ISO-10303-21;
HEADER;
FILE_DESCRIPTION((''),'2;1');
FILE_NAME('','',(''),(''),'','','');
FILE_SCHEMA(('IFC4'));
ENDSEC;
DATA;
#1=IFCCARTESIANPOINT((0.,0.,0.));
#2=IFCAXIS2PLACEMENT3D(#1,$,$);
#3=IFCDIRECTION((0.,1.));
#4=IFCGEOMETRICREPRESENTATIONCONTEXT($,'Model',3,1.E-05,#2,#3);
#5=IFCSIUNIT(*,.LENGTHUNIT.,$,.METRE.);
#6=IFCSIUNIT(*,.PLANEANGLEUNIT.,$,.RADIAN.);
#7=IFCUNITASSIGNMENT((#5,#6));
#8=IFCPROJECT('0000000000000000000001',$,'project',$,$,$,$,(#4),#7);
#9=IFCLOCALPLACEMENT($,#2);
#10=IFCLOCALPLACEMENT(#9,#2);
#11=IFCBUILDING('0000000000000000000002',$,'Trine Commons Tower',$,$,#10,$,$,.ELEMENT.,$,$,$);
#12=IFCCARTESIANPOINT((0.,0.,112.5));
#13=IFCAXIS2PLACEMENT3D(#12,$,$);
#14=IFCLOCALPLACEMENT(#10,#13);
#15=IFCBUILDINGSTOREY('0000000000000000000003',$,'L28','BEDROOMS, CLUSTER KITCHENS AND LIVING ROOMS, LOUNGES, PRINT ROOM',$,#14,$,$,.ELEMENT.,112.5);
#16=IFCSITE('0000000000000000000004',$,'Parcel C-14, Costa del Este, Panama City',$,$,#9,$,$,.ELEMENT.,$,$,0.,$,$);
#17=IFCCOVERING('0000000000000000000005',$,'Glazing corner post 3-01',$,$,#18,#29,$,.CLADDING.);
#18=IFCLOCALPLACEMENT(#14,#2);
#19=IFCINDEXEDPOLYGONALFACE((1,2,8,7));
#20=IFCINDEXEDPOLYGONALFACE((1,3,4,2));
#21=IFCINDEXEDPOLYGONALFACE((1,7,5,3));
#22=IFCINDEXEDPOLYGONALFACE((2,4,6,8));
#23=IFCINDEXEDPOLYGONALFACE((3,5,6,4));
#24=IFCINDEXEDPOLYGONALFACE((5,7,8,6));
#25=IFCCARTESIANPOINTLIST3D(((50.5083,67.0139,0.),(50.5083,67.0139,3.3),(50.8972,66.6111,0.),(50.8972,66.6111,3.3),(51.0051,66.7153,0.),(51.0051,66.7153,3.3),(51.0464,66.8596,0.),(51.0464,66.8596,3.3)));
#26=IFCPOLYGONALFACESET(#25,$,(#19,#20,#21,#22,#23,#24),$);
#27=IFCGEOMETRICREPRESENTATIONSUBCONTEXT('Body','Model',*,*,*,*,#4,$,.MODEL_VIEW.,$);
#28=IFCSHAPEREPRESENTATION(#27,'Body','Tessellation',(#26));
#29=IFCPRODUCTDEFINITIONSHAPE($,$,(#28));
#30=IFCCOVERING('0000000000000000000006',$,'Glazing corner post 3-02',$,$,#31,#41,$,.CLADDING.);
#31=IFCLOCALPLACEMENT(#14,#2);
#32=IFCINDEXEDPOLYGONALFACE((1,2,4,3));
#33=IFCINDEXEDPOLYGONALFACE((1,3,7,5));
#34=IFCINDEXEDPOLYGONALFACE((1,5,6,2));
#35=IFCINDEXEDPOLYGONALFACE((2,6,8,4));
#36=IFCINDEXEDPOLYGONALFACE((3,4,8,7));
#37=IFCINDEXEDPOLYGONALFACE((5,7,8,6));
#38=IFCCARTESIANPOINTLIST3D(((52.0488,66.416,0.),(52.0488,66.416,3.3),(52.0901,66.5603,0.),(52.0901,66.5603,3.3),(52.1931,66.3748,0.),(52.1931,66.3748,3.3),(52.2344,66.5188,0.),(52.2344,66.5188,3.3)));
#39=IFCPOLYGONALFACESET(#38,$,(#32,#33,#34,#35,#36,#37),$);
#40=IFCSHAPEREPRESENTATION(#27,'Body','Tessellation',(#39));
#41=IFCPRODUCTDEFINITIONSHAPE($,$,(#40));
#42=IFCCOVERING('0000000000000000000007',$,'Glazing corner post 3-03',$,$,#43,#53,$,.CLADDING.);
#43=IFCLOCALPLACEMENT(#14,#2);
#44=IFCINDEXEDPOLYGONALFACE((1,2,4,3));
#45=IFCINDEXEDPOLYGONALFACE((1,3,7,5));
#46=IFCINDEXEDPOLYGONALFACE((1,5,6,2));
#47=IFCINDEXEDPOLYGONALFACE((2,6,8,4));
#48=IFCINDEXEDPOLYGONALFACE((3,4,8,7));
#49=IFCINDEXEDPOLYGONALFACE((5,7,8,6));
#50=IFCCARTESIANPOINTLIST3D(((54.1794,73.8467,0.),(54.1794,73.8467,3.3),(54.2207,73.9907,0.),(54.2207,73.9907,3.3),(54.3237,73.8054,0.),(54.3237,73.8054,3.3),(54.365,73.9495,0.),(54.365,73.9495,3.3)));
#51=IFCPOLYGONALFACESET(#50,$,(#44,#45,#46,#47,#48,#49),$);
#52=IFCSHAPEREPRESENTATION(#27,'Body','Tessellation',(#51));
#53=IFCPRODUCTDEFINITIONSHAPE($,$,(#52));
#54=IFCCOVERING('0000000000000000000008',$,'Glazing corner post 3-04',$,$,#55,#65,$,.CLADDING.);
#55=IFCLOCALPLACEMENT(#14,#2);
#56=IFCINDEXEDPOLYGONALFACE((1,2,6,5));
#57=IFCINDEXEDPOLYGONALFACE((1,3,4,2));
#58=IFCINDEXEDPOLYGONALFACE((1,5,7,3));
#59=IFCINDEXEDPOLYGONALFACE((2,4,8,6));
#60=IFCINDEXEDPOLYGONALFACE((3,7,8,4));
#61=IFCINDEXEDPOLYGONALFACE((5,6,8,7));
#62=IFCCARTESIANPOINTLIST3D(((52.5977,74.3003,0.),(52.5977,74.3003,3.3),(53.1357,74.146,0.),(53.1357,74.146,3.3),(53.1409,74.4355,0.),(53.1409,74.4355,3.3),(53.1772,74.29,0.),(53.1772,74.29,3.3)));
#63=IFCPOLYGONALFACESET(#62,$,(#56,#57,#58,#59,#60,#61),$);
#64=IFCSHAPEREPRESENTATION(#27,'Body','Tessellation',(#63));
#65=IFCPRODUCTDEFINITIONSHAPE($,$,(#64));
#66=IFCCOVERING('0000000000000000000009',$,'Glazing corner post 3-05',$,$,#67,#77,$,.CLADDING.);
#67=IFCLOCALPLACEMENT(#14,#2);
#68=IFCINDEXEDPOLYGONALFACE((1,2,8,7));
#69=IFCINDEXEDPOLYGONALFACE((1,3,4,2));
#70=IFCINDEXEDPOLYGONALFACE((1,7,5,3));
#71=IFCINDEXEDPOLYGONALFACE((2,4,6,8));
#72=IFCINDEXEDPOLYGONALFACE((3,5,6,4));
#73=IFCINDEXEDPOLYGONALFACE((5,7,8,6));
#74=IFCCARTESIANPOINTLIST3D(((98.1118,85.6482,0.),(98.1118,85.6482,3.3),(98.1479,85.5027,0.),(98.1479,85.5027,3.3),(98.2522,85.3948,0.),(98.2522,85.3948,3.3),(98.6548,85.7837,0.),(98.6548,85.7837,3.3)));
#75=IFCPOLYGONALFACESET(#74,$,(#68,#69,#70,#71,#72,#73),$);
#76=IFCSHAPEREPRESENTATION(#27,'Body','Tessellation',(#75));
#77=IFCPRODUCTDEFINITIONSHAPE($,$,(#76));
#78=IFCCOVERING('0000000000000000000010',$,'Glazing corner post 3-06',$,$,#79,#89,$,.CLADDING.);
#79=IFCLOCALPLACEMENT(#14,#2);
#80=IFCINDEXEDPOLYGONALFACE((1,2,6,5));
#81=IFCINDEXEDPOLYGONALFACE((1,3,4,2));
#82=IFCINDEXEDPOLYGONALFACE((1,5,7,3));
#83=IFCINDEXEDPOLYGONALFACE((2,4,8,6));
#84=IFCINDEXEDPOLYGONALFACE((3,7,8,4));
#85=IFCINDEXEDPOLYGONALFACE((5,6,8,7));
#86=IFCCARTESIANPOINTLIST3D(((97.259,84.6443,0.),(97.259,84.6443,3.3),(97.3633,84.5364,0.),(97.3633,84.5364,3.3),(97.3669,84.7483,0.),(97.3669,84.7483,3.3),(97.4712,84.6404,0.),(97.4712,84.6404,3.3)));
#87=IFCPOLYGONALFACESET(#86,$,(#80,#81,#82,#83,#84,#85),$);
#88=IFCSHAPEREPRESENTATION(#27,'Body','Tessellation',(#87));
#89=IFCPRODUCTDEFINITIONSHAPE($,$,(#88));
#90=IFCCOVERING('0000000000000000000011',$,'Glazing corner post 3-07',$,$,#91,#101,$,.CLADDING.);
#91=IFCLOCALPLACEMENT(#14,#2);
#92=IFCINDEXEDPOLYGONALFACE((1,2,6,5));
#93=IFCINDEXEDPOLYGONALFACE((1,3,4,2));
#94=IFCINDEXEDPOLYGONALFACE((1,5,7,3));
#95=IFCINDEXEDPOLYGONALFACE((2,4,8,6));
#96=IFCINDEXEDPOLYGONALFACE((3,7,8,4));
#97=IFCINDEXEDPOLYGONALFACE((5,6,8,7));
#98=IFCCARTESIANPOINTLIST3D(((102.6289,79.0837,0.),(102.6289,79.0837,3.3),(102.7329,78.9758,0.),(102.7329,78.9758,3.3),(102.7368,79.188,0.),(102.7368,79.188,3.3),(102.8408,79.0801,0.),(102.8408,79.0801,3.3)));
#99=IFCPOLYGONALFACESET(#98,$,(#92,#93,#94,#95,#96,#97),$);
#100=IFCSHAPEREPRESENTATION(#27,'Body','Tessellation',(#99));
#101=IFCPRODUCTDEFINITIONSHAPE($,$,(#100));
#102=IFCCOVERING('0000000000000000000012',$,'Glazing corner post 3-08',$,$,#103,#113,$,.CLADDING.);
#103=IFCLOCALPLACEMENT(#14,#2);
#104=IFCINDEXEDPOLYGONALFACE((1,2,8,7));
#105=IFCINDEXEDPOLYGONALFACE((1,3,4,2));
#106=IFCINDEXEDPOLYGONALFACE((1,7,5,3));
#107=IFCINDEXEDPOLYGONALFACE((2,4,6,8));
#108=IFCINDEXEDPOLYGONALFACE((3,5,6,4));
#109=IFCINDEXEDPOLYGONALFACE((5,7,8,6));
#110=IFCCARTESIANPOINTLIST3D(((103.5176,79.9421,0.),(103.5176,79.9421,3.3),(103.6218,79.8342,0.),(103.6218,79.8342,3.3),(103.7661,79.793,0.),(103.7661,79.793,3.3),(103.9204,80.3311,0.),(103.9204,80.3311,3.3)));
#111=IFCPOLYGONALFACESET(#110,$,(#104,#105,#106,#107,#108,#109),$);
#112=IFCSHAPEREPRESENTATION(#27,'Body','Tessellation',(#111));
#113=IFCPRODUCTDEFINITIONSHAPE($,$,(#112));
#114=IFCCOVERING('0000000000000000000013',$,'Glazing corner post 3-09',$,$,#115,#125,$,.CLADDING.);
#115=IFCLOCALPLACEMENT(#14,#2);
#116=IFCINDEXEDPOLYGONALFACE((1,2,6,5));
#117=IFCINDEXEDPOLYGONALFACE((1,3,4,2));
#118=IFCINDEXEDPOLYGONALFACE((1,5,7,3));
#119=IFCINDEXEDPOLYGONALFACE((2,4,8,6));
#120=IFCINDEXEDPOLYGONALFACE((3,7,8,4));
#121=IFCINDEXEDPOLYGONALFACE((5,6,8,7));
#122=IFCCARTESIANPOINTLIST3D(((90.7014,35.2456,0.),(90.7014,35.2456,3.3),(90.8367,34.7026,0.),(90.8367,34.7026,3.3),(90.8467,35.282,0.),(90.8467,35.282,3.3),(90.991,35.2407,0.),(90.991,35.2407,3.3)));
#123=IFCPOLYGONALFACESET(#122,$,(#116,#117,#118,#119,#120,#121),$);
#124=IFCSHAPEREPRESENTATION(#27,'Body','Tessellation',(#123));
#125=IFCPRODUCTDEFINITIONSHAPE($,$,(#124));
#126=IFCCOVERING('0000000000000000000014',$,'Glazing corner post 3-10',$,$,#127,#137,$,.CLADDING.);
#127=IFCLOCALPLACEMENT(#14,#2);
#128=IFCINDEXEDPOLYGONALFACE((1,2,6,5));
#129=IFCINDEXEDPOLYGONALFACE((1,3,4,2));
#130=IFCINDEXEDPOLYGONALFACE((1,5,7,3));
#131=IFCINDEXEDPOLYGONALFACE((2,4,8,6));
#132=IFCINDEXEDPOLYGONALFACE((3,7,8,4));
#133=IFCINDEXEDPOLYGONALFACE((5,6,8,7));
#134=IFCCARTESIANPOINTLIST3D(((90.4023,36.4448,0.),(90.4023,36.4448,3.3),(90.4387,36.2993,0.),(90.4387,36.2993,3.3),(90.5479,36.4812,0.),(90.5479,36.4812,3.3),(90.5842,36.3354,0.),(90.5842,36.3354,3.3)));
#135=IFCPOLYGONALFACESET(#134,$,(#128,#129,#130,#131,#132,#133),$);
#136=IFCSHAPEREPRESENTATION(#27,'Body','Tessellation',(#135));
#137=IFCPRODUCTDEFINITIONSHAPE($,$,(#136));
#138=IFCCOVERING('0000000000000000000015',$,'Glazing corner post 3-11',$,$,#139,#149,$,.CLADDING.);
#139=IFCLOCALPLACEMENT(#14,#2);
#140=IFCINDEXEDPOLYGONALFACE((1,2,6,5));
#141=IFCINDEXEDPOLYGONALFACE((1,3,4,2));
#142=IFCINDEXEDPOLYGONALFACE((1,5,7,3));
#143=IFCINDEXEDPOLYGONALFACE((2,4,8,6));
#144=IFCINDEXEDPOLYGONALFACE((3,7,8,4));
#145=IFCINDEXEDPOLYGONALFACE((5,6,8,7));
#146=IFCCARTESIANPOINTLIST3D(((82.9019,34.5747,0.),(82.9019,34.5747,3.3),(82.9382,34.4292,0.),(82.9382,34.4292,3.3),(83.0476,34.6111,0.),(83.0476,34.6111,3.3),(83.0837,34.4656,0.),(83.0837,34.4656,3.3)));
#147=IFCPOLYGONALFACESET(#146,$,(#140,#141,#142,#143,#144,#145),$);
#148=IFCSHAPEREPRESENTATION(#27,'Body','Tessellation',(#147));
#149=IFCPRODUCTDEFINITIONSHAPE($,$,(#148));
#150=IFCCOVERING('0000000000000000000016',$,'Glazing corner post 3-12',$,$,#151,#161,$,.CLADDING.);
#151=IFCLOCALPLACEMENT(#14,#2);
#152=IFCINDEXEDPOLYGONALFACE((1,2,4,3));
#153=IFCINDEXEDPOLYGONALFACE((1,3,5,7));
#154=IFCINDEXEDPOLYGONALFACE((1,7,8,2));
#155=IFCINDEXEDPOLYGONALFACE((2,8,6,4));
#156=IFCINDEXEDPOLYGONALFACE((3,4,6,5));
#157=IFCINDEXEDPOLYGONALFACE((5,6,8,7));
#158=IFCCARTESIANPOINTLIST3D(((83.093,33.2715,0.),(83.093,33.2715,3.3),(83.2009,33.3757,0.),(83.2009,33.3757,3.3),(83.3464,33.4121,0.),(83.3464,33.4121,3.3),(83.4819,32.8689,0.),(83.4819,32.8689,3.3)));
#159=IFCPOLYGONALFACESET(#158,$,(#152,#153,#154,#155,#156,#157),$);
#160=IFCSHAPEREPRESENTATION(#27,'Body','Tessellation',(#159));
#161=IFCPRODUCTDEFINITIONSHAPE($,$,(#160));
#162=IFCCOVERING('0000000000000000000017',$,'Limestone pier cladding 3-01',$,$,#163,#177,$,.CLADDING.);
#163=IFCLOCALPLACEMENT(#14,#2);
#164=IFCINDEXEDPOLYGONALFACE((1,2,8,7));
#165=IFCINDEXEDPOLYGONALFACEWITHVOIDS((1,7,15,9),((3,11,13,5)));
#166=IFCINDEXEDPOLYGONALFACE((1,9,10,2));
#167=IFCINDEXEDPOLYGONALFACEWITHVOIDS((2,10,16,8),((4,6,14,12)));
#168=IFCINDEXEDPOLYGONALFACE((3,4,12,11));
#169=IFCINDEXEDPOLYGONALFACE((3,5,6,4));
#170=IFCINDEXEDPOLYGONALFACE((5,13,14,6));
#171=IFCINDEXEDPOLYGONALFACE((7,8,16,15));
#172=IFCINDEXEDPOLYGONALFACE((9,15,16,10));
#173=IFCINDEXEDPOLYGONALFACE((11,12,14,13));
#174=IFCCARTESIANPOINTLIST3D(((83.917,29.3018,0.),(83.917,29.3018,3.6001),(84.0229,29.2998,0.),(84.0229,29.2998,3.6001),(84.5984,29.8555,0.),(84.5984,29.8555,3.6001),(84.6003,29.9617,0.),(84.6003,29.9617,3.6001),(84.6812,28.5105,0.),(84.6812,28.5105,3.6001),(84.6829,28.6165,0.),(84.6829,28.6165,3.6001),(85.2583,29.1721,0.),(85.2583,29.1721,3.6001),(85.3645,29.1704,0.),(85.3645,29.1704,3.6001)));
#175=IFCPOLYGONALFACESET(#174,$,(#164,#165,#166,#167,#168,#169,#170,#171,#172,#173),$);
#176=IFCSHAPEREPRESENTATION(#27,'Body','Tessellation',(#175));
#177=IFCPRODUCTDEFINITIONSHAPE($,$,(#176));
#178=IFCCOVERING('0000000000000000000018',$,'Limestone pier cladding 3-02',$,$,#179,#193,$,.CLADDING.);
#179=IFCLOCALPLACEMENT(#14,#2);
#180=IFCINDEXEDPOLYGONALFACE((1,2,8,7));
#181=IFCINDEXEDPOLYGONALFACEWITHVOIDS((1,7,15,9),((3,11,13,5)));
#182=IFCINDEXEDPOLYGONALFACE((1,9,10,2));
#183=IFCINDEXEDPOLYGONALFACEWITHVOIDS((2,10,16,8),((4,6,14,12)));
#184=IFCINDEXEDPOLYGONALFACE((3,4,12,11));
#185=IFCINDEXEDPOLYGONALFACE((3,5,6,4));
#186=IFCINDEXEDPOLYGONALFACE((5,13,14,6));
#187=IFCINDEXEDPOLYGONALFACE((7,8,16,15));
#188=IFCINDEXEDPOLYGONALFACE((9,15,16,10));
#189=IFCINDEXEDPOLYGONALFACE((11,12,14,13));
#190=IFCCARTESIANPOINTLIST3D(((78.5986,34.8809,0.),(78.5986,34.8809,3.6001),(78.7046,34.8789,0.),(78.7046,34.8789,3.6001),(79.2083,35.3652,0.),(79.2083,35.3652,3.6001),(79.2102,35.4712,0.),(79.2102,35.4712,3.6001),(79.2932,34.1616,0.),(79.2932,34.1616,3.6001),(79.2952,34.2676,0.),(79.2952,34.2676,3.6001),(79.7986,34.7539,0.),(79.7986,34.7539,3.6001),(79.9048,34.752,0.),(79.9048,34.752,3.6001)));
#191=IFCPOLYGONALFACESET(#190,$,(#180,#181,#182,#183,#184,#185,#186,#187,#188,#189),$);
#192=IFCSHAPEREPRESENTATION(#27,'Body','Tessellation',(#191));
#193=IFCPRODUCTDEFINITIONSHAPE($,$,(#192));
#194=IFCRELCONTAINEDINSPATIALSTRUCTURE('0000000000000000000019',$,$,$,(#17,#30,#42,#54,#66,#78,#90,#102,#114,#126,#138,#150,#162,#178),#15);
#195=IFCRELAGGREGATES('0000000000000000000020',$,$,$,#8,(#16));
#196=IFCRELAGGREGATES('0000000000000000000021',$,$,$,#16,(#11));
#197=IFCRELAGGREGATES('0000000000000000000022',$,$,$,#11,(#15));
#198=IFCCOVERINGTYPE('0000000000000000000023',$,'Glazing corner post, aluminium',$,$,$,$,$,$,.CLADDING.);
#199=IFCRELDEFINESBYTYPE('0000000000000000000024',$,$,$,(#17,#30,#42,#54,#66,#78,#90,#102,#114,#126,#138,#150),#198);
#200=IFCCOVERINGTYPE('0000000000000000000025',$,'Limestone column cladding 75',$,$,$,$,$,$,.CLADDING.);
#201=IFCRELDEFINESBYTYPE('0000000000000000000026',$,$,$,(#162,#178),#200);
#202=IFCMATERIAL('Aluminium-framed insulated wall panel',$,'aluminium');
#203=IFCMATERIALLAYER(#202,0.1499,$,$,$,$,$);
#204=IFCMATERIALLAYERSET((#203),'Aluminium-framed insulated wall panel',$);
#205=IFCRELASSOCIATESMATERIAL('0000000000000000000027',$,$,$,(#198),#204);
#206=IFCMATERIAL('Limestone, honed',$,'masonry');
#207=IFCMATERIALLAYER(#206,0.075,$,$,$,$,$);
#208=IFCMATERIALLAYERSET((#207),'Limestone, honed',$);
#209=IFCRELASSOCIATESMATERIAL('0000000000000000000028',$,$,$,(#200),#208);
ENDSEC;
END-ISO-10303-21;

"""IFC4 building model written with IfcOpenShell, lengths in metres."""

from ifc_helpers import new_model, si_unit, direction, frame, origin, place, context, subcontext, project, spatial, polyline, outline, extrude, material, layer, layer_set, type_object, element, save


model = new_model("IFC4")

# Units and contexts
model_context = context("Model", 3, precision=1e-05, world=origin(), true_north=direction((0.0, 1.0)))
body_context = subcontext(model_context, "Body", "Model", "MODEL_VIEW")
ifc_project = project(units=[si_unit("LENGTHUNIT", "METRE"), si_unit("PLANEANGLEUNIT", "RADIAN")], contexts=[model_context])

# Site, building, storey
site_placement = place(None, origin())
site = spatial("IfcSite", under=ifc_project, at=site_placement, Name="Parcel C-14, Costa del Este, Panama City", CompositionType="ELEMENT", RefElevation=0.0)
building_placement = place(site_placement, origin())
building = spatial("IfcBuilding", under=site, at=building_placement, Name="Trine Commons Tower", CompositionType="ELEMENT")
storey_placement = place(building_placement, frame((0.0, 0.0, 112.5)))
storey = spatial("IfcBuildingStorey", under=building, at=storey_placement, Name="L28", Description="BEDROOMS, CLUSTER KITCHENS AND LIVING ROOMS, LOUNGES, PRINT ROOM", CompositionType="ELEMENT", Elevation=112.5)

# Coverings
ifc_material_1 = material(Name="Aluminium-framed insulated wall panel", Category="aluminium")
ifc_layer_1 = layer(ifc_material_1, 0.1499)
ifc_layer_set_1 = layer_set([ifc_layer_1], Name="Aluminium-framed insulated wall panel")
covering_type_1 = type_object("IfcCoveringType", Name="Glazing corner post, aluminium", PredefinedType="CLADDING", material=ifc_layer_set_1)
covering_1_placement = place(storey_placement, origin())
element("IfcCovering", 1, at=covering_1_placement, inside=storey, type_object=covering_type_1, Name="Glazing corner post 3-01", PredefinedType="CLADDING", context=body_context, shape_type="SweptSolid", body=[
    extrude(outline(polyline([(50.8972, 66.6111), (51.0051, 66.7153), (51.0464, 66.8596), (50.5083, 67.0139), (50.8972, 66.6111)])), origin(), (0.0, 0.0, 1.0), 3.3),
])
covering_2_placement = place(storey_placement, origin())
element("IfcCovering", 2, at=covering_2_placement, inside=storey, type_object=covering_type_1, Name="Glazing corner post 3-02", PredefinedType="CLADDING", context=body_context, shape_type="SweptSolid", body=[
    extrude(outline(polyline([(52.0488, 66.416), (52.1931, 66.3748), (52.2344, 66.5188), (52.0901, 66.5603), (52.0488, 66.416)])), origin(), (0.0, 0.0, 1.0), 3.3),
])
covering_3_placement = place(storey_placement, origin())
element("IfcCovering", 3, at=covering_3_placement, inside=storey, type_object=covering_type_1, Name="Glazing corner post 3-03", PredefinedType="CLADDING", context=body_context, shape_type="SweptSolid", body=[
    extrude(outline(polyline([(54.3237, 73.8054), (54.365, 73.9495), (54.2207, 73.9907), (54.1794, 73.8467), (54.3237, 73.8054)])), origin(), (0.0, 0.0, 1.0), 3.3),
])
covering_4_placement = place(storey_placement, origin())
element("IfcCovering", 4, at=covering_4_placement, inside=storey, type_object=covering_type_1, Name="Glazing corner post 3-04", PredefinedType="CLADDING", context=body_context, shape_type="SweptSolid", body=[
    extrude(outline(polyline([(53.1357, 74.146), (53.1772, 74.29), (53.1409, 74.4355), (52.5977, 74.3003), (53.1357, 74.146)])), origin(), (0.0, 0.0, 1.0), 3.3),
])
covering_5_placement = place(storey_placement, origin())
element("IfcCovering", 5, at=covering_5_placement, inside=storey, type_object=covering_type_1, Name="Glazing corner post 3-05", PredefinedType="CLADDING", context=body_context, shape_type="SweptSolid", body=[
    extrude(outline(polyline([(98.2522, 85.3948), (98.6548, 85.7837), (98.1118, 85.6482), (98.1479, 85.5027), (98.2522, 85.3948)])), origin(), (0.0, 0.0, 1.0), 3.3),
])
covering_6_placement = place(storey_placement, origin())
element("IfcCovering", 6, at=covering_6_placement, inside=storey, type_object=covering_type_1, Name="Glazing corner post 3-06", PredefinedType="CLADDING", context=body_context, shape_type="SweptSolid", body=[
    extrude(outline(polyline([(97.3633, 84.5364), (97.4712, 84.6404), (97.4712, 84.6404), (97.3669, 84.7483), (97.259, 84.6443), (97.3633, 84.5364)])), origin(), (0.0, 0.0, 1.0), 3.3),
])
covering_7_placement = place(storey_placement, origin())
element("IfcCovering", 7, at=covering_7_placement, inside=storey, type_object=covering_type_1, Name="Glazing corner post 3-07", PredefinedType="CLADDING", context=body_context, shape_type="SweptSolid", body=[
    extrude(outline(polyline([(102.6289, 79.0837), (102.7329, 78.9758), (102.8408, 79.0801), (102.7368, 79.188), (102.7368, 79.188), (102.6289, 79.0837)])), origin(), (0.0, 0.0, 1.0), 3.3),
])
covering_8_placement = place(storey_placement, origin())
element("IfcCovering", 8, at=covering_8_placement, inside=storey, type_object=covering_type_1, Name="Glazing corner post 3-08", PredefinedType="CLADDING", context=body_context, shape_type="SweptSolid", body=[
    extrude(outline(polyline([(103.7661, 79.793), (103.9204, 80.3311), (103.5176, 79.9421), (103.6218, 79.8342), (103.7661, 79.793)])), origin(), (0.0, 0.0, 1.0), 3.3),
])
covering_9_placement = place(storey_placement, origin())
element("IfcCovering", 9, at=covering_9_placement, inside=storey, type_object=covering_type_1, Name="Glazing corner post 3-09", PredefinedType="CLADDING", context=body_context, shape_type="SweptSolid", body=[
    extrude(outline(polyline([(90.7014, 35.2456), (90.8367, 34.7026), (90.991, 35.2407), (90.8467, 35.282), (90.7014, 35.2456)])), origin(), (0.0, 0.0, 1.0), 3.3),
])
covering_10_placement = place(storey_placement, origin())
element("IfcCovering", 10, at=covering_10_placement, inside=storey, type_object=covering_type_1, Name="Glazing corner post 3-10", PredefinedType="CLADDING", context=body_context, shape_type="SweptSolid", body=[
    extrude(outline(polyline([(90.4023, 36.4448), (90.4387, 36.2993), (90.5842, 36.3354), (90.5479, 36.4812), (90.4023, 36.4448)])), origin(), (0.0, 0.0, 1.0), 3.3),
])
covering_11_placement = place(storey_placement, origin())
element("IfcCovering", 11, at=covering_11_placement, inside=storey, type_object=covering_type_1, Name="Glazing corner post 3-11", PredefinedType="CLADDING", context=body_context, shape_type="SweptSolid", body=[
    extrude(outline(polyline([(82.9382, 34.4292), (83.0837, 34.4656), (83.0476, 34.6111), (82.9019, 34.5747), (82.9382, 34.4292)])), origin(), (0.0, 0.0, 1.0), 3.3),
])
covering_12_placement = place(storey_placement, origin())
element("IfcCovering", 12, at=covering_12_placement, inside=storey, type_object=covering_type_1, Name="Glazing corner post 3-12", PredefinedType="CLADDING", context=body_context, shape_type="SweptSolid", body=[
    extrude(outline(polyline([(83.093, 33.2715), (83.4819, 32.8689), (83.3464, 33.4121), (83.2009, 33.3757), (83.093, 33.2715)])), origin(), (0.0, 0.0, 1.0), 3.3),
])
ifc_material_2 = material(Name="Limestone, honed", Category="masonry")
ifc_layer_2 = layer(ifc_material_2, 0.075)
ifc_layer_set_2 = layer_set([ifc_layer_2], Name="Limestone, honed")
covering_type_2 = type_object("IfcCoveringType", Name="Limestone column cladding 75", PredefinedType="CLADDING", material=ifc_layer_set_2)
covering_13_placement = place(storey_placement, origin())
element("IfcCovering", 13, at=covering_13_placement, inside=storey, type_object=covering_type_2, Name="Limestone pier cladding 3-01", PredefinedType="CLADDING", context=body_context, shape_type="SweptSolid", body=[
    extrude(outline(polyline([(84.6003, 29.9617), (83.917, 29.3018), (84.6812, 28.5105), (85.3645, 29.1704), (84.6003, 29.9617)]), holes=[polyline([(84.5984, 29.8555), (84.0229, 29.2998), (84.6829, 28.6165), (85.2583, 29.1721), (84.5984, 29.8555)])]), origin(), (0.0, 0.0, 1.0), 3.6001),
])
covering_14_placement = place(storey_placement, origin())
element("IfcCovering", 14, at=covering_14_placement, inside=storey, type_object=covering_type_2, Name="Limestone pier cladding 3-02", PredefinedType="CLADDING", context=body_context, shape_type="SweptSolid", body=[
    extrude(outline(polyline([(79.2102, 35.4712), (78.5986, 34.8809), (79.2932, 34.1616), (79.9048, 34.752), (79.2102, 35.4712)]), holes=[polyline([(79.2083, 35.3652), (78.7046, 34.8789), (79.2952, 34.2676), (79.7986, 34.7539), (79.2083, 35.3652)])]), origin(), (0.0, 0.0, 1.0), 3.6001),
])

save(model, "model.ifc")
